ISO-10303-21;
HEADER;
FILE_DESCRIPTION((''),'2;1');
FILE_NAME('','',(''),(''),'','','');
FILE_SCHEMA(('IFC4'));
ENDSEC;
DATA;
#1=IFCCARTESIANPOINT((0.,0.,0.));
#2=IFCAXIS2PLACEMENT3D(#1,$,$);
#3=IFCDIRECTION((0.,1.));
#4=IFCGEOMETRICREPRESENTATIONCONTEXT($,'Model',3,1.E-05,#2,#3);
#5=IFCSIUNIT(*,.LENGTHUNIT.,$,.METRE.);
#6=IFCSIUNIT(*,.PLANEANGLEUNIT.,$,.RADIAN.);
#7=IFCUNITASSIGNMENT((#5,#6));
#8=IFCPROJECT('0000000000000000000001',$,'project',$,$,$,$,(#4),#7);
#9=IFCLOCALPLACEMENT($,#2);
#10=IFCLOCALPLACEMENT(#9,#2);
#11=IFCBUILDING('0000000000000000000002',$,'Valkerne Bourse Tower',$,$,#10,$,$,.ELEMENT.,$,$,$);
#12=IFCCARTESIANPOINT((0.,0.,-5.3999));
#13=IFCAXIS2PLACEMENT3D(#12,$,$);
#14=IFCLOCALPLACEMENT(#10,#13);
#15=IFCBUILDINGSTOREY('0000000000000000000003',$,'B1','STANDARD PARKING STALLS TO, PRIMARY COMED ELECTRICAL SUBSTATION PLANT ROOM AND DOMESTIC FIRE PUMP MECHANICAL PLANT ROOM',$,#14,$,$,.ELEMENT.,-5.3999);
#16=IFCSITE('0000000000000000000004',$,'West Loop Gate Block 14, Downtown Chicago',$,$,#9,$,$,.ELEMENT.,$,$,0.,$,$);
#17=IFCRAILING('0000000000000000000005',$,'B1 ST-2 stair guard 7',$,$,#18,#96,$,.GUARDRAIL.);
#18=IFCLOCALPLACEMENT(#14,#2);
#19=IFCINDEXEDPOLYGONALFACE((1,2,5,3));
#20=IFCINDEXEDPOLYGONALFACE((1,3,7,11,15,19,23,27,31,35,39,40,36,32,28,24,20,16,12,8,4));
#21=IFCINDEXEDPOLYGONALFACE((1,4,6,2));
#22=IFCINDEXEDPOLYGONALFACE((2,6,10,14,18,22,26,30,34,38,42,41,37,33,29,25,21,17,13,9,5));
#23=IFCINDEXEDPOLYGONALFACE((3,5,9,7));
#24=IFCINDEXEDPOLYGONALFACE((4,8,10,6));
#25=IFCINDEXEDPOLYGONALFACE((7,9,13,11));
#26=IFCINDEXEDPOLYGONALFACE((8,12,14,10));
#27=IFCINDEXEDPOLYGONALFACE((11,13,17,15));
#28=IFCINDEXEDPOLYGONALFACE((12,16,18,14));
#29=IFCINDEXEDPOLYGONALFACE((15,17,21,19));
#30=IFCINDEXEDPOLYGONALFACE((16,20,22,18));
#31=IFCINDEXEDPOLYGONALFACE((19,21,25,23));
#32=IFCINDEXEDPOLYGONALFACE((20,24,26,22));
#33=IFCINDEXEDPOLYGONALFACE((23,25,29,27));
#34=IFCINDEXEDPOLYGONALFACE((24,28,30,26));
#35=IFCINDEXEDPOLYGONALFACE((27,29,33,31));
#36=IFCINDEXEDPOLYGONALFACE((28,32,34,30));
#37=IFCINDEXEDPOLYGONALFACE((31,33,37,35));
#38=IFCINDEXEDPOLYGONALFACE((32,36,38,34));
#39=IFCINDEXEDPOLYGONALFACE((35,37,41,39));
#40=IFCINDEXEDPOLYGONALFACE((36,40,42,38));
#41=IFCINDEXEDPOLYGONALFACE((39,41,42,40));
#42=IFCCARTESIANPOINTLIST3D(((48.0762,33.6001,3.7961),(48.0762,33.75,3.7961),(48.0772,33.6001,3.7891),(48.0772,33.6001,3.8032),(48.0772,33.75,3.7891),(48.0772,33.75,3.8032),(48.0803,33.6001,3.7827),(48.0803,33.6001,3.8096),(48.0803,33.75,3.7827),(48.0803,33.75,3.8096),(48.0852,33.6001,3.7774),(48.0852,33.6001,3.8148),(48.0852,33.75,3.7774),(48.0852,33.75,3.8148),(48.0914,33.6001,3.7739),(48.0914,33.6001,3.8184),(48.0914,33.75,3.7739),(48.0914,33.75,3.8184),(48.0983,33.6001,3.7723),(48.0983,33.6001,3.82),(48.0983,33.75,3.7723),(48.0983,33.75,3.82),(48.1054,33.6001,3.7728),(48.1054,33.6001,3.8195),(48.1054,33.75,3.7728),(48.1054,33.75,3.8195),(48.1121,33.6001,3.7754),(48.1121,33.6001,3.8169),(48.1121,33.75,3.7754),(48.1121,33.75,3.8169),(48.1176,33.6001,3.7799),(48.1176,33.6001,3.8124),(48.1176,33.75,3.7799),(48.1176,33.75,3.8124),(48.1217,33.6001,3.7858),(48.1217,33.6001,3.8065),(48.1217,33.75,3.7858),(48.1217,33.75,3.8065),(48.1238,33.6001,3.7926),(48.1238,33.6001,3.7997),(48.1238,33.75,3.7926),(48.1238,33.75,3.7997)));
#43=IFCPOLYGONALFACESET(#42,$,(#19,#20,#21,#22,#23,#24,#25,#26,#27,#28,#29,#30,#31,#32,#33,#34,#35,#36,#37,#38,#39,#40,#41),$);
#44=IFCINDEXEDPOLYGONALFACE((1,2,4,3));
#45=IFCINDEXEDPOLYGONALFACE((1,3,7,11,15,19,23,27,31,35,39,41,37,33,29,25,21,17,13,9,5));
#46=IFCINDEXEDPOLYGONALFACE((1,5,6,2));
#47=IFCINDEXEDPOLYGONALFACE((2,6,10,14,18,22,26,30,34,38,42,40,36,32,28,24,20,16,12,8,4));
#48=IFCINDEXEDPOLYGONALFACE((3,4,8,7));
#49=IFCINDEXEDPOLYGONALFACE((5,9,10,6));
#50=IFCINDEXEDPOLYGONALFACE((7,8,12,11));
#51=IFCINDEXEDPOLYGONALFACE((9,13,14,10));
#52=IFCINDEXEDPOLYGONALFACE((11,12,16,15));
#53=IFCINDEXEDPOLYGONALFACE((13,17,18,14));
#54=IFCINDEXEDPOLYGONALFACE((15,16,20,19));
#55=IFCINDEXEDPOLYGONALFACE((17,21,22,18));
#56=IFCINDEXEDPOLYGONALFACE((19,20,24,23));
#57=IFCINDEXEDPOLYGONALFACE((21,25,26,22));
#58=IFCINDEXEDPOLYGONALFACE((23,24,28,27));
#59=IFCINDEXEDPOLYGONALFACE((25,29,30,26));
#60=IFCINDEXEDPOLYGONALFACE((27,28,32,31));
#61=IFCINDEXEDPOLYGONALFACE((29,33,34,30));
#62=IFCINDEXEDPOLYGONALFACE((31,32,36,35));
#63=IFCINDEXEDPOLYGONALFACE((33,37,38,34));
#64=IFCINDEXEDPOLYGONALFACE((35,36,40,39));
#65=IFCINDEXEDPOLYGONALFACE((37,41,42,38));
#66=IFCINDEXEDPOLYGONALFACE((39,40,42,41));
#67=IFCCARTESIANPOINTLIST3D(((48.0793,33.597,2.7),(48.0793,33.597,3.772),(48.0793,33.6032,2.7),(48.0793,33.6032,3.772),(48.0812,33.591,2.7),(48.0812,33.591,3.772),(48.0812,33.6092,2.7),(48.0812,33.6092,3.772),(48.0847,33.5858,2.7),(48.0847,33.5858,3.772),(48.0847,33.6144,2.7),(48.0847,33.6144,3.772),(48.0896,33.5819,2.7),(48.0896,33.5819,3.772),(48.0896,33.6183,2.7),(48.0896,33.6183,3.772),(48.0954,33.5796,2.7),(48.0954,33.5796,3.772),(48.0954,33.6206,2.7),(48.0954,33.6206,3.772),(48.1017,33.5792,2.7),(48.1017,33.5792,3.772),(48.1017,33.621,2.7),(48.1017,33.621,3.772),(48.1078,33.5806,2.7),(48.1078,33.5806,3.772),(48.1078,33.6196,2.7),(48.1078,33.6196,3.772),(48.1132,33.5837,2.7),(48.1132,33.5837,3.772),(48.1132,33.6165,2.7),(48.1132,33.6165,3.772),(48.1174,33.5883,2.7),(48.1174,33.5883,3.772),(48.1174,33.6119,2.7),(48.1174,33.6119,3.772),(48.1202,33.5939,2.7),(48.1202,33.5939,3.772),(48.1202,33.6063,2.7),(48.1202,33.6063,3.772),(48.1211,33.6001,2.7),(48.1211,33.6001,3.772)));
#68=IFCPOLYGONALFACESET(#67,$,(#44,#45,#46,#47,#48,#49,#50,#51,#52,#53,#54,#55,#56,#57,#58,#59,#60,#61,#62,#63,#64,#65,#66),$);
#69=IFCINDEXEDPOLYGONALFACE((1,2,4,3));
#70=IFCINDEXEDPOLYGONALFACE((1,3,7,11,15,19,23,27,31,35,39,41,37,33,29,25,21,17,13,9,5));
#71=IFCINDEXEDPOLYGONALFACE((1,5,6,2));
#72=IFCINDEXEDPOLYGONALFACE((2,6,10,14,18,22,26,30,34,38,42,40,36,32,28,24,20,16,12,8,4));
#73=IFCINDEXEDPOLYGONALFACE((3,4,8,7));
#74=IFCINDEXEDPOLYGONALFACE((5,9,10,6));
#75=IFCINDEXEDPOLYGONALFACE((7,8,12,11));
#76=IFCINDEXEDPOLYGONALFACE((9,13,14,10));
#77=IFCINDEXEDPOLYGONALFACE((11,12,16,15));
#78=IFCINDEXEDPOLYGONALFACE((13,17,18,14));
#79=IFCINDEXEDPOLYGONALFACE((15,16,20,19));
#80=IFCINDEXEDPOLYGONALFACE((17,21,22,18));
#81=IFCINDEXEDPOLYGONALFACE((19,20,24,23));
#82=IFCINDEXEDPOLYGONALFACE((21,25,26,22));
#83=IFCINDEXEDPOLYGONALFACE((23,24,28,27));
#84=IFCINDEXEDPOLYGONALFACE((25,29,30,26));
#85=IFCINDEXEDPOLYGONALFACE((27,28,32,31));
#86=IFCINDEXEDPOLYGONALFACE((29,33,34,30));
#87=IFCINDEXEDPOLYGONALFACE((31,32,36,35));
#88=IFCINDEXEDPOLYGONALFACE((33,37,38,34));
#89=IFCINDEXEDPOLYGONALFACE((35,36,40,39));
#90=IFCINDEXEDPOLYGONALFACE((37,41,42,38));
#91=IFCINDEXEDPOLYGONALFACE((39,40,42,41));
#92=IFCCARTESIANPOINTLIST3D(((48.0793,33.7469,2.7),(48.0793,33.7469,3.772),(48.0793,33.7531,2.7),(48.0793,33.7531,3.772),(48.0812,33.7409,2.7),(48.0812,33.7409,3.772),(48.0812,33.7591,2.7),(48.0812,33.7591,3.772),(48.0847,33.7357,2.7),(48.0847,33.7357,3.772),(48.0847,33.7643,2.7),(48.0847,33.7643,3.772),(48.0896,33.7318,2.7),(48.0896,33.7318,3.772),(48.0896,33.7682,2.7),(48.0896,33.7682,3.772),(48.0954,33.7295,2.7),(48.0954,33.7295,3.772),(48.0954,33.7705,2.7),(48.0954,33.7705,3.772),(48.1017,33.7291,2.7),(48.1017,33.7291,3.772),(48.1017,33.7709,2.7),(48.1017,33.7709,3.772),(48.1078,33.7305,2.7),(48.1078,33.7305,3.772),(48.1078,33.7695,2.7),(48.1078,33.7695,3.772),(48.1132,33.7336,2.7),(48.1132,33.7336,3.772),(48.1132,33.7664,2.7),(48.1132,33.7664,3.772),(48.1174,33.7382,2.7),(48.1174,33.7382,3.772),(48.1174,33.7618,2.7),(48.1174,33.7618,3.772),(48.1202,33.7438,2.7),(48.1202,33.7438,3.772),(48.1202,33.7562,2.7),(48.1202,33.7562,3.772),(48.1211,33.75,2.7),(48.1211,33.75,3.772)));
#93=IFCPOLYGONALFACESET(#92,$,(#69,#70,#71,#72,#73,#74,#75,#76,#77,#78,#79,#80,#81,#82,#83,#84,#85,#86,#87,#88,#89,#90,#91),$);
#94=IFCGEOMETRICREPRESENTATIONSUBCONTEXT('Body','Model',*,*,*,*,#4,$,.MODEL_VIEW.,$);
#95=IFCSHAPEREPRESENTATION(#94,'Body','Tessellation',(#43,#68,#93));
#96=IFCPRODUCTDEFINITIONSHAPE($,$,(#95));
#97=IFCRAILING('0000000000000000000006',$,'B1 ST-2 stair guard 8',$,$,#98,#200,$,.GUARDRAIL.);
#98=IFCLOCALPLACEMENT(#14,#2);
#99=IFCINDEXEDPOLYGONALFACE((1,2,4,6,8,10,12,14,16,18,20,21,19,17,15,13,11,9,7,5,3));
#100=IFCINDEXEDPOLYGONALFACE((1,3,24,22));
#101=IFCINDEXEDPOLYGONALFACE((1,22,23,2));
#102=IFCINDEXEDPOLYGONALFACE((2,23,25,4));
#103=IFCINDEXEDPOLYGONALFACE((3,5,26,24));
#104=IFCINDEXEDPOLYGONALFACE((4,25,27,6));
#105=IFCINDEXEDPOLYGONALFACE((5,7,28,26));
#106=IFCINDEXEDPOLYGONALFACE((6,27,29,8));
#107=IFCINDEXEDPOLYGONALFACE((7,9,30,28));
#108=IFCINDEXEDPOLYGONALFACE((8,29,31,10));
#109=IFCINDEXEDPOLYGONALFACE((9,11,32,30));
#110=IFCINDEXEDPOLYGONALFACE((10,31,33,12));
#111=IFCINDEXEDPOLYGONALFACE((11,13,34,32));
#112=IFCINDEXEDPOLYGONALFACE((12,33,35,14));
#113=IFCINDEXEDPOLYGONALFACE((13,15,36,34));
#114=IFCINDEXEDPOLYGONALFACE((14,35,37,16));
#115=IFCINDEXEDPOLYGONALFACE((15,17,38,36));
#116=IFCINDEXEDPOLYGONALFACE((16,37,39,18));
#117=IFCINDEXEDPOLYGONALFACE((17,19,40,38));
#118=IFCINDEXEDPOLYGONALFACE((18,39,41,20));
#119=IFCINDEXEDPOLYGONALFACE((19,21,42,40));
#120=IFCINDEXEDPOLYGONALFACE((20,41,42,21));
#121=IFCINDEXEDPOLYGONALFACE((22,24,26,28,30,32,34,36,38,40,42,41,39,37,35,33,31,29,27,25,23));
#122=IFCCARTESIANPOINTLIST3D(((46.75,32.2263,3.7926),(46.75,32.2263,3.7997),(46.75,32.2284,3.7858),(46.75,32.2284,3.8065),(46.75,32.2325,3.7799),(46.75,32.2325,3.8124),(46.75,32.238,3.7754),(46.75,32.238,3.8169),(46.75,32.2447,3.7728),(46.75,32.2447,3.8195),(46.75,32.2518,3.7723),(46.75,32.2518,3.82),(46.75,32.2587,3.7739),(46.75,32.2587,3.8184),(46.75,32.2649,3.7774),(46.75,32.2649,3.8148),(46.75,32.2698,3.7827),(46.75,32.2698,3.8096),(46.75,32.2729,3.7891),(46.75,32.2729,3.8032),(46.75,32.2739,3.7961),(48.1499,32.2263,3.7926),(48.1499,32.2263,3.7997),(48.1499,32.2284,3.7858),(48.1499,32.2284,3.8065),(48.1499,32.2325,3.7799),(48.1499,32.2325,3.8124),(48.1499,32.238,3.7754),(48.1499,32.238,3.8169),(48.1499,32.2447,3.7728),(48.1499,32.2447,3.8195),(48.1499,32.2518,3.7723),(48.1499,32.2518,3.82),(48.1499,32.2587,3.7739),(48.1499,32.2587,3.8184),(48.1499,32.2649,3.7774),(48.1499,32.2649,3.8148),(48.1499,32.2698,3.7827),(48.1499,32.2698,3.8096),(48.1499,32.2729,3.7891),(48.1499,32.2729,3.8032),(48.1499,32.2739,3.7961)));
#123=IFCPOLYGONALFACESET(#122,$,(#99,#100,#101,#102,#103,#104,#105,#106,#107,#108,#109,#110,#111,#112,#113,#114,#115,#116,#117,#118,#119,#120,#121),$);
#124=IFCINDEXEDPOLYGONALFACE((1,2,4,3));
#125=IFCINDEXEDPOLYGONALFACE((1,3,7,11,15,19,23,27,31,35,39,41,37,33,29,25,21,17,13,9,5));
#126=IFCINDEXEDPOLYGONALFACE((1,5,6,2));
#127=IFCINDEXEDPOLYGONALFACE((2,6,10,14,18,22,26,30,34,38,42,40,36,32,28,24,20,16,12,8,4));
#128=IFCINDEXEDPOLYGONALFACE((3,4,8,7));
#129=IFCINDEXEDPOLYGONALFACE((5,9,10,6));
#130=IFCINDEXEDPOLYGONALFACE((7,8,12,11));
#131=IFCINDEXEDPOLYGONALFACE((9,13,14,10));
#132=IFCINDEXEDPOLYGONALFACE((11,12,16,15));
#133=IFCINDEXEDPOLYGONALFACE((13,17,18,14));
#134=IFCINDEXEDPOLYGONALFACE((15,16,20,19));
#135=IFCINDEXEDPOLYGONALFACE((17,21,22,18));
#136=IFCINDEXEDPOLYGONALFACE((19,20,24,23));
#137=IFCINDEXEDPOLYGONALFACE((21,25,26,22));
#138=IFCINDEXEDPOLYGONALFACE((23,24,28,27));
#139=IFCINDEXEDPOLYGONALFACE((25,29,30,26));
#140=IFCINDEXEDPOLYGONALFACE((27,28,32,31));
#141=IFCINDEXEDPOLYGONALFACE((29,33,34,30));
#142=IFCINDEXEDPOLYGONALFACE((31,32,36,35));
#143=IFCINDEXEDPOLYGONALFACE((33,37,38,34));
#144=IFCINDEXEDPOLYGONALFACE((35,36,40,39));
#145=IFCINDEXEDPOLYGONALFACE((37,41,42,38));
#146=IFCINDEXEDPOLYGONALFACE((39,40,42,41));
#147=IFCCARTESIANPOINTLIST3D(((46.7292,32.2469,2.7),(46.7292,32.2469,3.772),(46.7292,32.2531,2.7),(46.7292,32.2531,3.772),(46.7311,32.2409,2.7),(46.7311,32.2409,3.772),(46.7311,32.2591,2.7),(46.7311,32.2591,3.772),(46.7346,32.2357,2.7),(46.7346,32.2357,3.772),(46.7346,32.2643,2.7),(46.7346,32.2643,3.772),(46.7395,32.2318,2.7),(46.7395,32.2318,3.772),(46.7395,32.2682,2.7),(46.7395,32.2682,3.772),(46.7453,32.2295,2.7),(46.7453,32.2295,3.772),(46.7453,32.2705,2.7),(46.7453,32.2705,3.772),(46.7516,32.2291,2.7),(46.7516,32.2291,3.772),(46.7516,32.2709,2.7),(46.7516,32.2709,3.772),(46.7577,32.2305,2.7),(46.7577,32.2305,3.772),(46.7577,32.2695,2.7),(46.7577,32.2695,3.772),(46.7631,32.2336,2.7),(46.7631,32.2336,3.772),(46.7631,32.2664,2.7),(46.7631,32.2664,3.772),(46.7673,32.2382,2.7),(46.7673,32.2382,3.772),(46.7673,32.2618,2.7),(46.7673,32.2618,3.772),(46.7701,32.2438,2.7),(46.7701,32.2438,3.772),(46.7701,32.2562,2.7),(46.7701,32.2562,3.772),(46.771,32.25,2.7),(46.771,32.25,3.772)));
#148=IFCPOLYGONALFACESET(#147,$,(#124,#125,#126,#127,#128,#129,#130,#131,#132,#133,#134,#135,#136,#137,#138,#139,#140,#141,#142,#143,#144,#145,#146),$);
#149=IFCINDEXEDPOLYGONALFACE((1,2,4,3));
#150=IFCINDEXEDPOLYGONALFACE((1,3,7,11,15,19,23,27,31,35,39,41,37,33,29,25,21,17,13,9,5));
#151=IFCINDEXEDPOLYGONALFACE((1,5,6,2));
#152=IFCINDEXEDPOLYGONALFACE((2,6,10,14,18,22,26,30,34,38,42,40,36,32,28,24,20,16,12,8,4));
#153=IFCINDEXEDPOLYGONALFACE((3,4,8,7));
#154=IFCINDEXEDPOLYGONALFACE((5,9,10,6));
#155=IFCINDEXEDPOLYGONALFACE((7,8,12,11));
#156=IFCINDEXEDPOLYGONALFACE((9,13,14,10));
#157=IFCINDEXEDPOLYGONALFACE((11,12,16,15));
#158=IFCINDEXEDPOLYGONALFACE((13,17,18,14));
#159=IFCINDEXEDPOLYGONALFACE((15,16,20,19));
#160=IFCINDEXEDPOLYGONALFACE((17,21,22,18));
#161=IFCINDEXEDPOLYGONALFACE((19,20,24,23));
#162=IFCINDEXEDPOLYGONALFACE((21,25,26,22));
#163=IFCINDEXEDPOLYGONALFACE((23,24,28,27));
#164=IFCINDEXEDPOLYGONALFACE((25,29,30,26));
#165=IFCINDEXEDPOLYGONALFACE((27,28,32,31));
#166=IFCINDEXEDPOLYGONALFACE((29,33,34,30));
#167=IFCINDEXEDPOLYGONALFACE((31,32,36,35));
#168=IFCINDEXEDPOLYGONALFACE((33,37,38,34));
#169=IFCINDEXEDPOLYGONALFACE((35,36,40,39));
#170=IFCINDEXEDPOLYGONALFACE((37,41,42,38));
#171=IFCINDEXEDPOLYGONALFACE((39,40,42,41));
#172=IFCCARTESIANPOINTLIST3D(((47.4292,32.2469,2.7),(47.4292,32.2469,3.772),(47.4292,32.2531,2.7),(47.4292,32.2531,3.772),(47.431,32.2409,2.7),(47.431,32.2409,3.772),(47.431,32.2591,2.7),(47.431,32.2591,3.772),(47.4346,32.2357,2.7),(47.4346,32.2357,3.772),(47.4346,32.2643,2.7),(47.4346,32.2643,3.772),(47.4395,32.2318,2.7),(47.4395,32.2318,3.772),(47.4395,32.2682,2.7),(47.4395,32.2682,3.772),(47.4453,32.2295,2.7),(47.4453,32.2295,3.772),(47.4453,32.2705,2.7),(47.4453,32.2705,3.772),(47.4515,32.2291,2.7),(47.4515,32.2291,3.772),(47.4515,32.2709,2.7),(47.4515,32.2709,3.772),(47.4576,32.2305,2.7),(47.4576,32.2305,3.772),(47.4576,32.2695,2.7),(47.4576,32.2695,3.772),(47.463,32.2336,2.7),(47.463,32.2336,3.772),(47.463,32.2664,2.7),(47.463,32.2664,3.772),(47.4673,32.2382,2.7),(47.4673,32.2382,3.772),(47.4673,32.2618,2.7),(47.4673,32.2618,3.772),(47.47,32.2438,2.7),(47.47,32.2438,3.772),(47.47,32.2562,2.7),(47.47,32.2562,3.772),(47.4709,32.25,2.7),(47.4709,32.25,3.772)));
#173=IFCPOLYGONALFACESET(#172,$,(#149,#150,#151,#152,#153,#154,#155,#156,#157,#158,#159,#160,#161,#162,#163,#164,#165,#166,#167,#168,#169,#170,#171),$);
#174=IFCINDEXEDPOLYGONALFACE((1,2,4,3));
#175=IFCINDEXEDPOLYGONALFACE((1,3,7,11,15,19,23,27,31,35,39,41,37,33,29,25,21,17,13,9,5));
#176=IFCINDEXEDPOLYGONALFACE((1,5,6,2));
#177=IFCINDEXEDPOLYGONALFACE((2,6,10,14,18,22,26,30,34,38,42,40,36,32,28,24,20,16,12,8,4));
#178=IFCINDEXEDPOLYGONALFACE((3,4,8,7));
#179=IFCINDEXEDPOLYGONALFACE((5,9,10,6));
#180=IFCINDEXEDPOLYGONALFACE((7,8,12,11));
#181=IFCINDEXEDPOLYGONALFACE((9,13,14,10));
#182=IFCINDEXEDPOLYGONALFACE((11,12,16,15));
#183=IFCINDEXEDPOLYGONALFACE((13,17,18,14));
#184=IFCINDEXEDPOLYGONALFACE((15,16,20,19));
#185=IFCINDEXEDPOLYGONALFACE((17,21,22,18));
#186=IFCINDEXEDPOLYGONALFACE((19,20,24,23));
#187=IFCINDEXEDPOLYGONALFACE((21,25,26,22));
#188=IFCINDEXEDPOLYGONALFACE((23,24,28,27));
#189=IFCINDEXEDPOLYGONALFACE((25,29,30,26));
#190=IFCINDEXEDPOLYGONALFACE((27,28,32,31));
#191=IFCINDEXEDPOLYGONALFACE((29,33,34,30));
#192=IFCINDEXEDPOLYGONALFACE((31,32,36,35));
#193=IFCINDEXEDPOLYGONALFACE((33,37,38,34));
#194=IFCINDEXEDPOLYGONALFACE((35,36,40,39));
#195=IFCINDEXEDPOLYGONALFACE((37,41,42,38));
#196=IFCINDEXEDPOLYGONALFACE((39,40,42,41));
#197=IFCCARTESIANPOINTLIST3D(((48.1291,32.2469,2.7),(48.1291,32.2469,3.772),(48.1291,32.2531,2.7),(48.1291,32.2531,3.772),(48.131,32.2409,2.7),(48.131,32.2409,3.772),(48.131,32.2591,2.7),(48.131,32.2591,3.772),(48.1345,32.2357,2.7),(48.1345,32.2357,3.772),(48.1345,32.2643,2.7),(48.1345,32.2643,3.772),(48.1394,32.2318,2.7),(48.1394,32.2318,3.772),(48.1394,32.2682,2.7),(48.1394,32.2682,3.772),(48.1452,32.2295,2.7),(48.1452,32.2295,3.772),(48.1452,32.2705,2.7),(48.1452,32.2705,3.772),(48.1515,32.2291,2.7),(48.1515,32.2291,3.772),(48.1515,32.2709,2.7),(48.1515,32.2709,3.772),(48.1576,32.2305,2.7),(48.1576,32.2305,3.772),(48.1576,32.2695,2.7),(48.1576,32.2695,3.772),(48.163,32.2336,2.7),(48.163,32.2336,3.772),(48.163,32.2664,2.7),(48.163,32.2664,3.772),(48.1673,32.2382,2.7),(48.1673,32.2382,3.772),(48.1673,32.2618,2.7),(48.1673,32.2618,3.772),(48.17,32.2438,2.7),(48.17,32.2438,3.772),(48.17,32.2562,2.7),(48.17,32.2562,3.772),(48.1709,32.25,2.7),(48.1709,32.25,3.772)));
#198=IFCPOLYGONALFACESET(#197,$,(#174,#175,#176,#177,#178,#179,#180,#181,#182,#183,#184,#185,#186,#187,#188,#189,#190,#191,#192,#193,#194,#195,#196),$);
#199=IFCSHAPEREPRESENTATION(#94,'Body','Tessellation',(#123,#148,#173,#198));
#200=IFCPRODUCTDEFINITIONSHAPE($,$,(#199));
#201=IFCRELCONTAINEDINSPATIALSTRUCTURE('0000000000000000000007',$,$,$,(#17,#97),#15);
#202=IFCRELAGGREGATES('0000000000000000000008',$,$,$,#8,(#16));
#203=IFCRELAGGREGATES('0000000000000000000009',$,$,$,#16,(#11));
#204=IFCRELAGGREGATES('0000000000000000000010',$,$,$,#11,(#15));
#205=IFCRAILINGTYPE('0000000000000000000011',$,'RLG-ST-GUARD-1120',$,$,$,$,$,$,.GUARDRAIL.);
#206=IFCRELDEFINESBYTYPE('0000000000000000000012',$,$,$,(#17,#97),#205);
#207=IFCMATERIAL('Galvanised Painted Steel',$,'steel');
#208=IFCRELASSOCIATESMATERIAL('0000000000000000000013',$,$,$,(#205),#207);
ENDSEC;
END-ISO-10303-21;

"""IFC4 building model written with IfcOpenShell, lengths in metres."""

from ifc_helpers import new_model, si_unit, direction, frame, origin, origin_2d, place, context, subcontext, project, spatial, circle, extrude, material, type_object, element, save


model = new_model("IFC4")

# Units and contexts
model_context = context("Model", 3, precision=1e-05, world=origin(), true_north=direction((0.0, 1.0)))
body_context = subcontext(model_context, "Body", "Model", "MODEL_VIEW")
ifc_project = project(units=[si_unit("LENGTHUNIT", "METRE"), si_unit("PLANEANGLEUNIT", "RADIAN")], contexts=[model_context])

# Site, building, storey
site_placement = place(None, origin())
site = spatial("IfcSite", under=ifc_project, at=site_placement, Name="West Loop Gate Block 14, Downtown Chicago", CompositionType="ELEMENT", RefElevation=0.0)
building_placement = place(site_placement, origin())
building = spatial("IfcBuilding", under=site, at=building_placement, Name="Valkerne Bourse Tower", CompositionType="ELEMENT")
storey_placement = place(building_placement, frame((0.0, 0.0, -5.3999)))
storey = spatial("IfcBuildingStorey", under=building, at=storey_placement, Name="B1", Description="STANDARD PARKING STALLS TO, PRIMARY COMED ELECTRICAL SUBSTATION PLANT ROOM AND DOMESTIC FIRE PUMP MECHANICAL PLANT ROOM", CompositionType="ELEMENT", Elevation=-5.3999)

# Shared definitions
ifc_material_1 = material(Name="Galvanised Painted Steel", Category="steel")

# Railings
railing_type_1 = type_object("IfcRailingType", Name="RLG-ST-GUARD-1120", PredefinedType="GUARDRAIL", material=ifc_material_1)
railing_1_placement = place(storey_placement, frame((48.1001, 33.6001, 2.7)))
element("IfcRailing", 1, at=railing_1_placement, inside=storey, type_object=railing_type_1, Name="B1 ST-2 stair guard 7", PredefinedType="GUARDRAIL", context=body_context, shape_type="SweptSolid", body=[
    extrude(circle(Radius=0.0239, at=origin_2d()), frame((0.0, 0.0, 1.0962), z_axis=(0.0, 1.0, 0.0), x_axis=(-1.0, 0.0, 0.0)), (0.0, 0.0, 1.0), 0.1499),
    extrude(circle(Radius=0.021, at=origin_2d()), origin(), (0.0, 0.0, 1.0), 1.072),
    extrude(circle(Radius=0.021, at=origin_2d()), frame((0.0, 0.1499, 0.0)), (0.0, 0.0, 1.0), 1.072),
])
railing_2_placement = place(storey_placement, frame((46.75, 32.25, 2.7)))
element("IfcRailing", 2, at=railing_2_placement, inside=storey, type_object=railing_type_1, Name="B1 ST-2 stair guard 8", PredefinedType="GUARDRAIL", context=body_context, shape_type="SweptSolid", body=[
    extrude(circle(Radius=0.0239, at=origin_2d()), frame((0.0, 0.0, 1.0962), z_axis=(1.0, 0.0, 0.0), x_axis=(0.0, 1.0, 0.0)), (0.0, 0.0, 1.0), 1.3999),
    extrude(circle(Radius=0.021, at=origin_2d()), origin(), (0.0, 0.0, 1.0), 1.072),
    extrude(circle(Radius=0.021, at=origin_2d()), frame((0.7, 0.0, 0.0)), (0.0, 0.0, 1.0), 1.072),
    extrude(circle(Radius=0.021, at=origin_2d()), frame((1.3999, 0.0, 0.0)), (0.0, 0.0, 1.0), 1.072),
])

save(model, "model.ifc")
